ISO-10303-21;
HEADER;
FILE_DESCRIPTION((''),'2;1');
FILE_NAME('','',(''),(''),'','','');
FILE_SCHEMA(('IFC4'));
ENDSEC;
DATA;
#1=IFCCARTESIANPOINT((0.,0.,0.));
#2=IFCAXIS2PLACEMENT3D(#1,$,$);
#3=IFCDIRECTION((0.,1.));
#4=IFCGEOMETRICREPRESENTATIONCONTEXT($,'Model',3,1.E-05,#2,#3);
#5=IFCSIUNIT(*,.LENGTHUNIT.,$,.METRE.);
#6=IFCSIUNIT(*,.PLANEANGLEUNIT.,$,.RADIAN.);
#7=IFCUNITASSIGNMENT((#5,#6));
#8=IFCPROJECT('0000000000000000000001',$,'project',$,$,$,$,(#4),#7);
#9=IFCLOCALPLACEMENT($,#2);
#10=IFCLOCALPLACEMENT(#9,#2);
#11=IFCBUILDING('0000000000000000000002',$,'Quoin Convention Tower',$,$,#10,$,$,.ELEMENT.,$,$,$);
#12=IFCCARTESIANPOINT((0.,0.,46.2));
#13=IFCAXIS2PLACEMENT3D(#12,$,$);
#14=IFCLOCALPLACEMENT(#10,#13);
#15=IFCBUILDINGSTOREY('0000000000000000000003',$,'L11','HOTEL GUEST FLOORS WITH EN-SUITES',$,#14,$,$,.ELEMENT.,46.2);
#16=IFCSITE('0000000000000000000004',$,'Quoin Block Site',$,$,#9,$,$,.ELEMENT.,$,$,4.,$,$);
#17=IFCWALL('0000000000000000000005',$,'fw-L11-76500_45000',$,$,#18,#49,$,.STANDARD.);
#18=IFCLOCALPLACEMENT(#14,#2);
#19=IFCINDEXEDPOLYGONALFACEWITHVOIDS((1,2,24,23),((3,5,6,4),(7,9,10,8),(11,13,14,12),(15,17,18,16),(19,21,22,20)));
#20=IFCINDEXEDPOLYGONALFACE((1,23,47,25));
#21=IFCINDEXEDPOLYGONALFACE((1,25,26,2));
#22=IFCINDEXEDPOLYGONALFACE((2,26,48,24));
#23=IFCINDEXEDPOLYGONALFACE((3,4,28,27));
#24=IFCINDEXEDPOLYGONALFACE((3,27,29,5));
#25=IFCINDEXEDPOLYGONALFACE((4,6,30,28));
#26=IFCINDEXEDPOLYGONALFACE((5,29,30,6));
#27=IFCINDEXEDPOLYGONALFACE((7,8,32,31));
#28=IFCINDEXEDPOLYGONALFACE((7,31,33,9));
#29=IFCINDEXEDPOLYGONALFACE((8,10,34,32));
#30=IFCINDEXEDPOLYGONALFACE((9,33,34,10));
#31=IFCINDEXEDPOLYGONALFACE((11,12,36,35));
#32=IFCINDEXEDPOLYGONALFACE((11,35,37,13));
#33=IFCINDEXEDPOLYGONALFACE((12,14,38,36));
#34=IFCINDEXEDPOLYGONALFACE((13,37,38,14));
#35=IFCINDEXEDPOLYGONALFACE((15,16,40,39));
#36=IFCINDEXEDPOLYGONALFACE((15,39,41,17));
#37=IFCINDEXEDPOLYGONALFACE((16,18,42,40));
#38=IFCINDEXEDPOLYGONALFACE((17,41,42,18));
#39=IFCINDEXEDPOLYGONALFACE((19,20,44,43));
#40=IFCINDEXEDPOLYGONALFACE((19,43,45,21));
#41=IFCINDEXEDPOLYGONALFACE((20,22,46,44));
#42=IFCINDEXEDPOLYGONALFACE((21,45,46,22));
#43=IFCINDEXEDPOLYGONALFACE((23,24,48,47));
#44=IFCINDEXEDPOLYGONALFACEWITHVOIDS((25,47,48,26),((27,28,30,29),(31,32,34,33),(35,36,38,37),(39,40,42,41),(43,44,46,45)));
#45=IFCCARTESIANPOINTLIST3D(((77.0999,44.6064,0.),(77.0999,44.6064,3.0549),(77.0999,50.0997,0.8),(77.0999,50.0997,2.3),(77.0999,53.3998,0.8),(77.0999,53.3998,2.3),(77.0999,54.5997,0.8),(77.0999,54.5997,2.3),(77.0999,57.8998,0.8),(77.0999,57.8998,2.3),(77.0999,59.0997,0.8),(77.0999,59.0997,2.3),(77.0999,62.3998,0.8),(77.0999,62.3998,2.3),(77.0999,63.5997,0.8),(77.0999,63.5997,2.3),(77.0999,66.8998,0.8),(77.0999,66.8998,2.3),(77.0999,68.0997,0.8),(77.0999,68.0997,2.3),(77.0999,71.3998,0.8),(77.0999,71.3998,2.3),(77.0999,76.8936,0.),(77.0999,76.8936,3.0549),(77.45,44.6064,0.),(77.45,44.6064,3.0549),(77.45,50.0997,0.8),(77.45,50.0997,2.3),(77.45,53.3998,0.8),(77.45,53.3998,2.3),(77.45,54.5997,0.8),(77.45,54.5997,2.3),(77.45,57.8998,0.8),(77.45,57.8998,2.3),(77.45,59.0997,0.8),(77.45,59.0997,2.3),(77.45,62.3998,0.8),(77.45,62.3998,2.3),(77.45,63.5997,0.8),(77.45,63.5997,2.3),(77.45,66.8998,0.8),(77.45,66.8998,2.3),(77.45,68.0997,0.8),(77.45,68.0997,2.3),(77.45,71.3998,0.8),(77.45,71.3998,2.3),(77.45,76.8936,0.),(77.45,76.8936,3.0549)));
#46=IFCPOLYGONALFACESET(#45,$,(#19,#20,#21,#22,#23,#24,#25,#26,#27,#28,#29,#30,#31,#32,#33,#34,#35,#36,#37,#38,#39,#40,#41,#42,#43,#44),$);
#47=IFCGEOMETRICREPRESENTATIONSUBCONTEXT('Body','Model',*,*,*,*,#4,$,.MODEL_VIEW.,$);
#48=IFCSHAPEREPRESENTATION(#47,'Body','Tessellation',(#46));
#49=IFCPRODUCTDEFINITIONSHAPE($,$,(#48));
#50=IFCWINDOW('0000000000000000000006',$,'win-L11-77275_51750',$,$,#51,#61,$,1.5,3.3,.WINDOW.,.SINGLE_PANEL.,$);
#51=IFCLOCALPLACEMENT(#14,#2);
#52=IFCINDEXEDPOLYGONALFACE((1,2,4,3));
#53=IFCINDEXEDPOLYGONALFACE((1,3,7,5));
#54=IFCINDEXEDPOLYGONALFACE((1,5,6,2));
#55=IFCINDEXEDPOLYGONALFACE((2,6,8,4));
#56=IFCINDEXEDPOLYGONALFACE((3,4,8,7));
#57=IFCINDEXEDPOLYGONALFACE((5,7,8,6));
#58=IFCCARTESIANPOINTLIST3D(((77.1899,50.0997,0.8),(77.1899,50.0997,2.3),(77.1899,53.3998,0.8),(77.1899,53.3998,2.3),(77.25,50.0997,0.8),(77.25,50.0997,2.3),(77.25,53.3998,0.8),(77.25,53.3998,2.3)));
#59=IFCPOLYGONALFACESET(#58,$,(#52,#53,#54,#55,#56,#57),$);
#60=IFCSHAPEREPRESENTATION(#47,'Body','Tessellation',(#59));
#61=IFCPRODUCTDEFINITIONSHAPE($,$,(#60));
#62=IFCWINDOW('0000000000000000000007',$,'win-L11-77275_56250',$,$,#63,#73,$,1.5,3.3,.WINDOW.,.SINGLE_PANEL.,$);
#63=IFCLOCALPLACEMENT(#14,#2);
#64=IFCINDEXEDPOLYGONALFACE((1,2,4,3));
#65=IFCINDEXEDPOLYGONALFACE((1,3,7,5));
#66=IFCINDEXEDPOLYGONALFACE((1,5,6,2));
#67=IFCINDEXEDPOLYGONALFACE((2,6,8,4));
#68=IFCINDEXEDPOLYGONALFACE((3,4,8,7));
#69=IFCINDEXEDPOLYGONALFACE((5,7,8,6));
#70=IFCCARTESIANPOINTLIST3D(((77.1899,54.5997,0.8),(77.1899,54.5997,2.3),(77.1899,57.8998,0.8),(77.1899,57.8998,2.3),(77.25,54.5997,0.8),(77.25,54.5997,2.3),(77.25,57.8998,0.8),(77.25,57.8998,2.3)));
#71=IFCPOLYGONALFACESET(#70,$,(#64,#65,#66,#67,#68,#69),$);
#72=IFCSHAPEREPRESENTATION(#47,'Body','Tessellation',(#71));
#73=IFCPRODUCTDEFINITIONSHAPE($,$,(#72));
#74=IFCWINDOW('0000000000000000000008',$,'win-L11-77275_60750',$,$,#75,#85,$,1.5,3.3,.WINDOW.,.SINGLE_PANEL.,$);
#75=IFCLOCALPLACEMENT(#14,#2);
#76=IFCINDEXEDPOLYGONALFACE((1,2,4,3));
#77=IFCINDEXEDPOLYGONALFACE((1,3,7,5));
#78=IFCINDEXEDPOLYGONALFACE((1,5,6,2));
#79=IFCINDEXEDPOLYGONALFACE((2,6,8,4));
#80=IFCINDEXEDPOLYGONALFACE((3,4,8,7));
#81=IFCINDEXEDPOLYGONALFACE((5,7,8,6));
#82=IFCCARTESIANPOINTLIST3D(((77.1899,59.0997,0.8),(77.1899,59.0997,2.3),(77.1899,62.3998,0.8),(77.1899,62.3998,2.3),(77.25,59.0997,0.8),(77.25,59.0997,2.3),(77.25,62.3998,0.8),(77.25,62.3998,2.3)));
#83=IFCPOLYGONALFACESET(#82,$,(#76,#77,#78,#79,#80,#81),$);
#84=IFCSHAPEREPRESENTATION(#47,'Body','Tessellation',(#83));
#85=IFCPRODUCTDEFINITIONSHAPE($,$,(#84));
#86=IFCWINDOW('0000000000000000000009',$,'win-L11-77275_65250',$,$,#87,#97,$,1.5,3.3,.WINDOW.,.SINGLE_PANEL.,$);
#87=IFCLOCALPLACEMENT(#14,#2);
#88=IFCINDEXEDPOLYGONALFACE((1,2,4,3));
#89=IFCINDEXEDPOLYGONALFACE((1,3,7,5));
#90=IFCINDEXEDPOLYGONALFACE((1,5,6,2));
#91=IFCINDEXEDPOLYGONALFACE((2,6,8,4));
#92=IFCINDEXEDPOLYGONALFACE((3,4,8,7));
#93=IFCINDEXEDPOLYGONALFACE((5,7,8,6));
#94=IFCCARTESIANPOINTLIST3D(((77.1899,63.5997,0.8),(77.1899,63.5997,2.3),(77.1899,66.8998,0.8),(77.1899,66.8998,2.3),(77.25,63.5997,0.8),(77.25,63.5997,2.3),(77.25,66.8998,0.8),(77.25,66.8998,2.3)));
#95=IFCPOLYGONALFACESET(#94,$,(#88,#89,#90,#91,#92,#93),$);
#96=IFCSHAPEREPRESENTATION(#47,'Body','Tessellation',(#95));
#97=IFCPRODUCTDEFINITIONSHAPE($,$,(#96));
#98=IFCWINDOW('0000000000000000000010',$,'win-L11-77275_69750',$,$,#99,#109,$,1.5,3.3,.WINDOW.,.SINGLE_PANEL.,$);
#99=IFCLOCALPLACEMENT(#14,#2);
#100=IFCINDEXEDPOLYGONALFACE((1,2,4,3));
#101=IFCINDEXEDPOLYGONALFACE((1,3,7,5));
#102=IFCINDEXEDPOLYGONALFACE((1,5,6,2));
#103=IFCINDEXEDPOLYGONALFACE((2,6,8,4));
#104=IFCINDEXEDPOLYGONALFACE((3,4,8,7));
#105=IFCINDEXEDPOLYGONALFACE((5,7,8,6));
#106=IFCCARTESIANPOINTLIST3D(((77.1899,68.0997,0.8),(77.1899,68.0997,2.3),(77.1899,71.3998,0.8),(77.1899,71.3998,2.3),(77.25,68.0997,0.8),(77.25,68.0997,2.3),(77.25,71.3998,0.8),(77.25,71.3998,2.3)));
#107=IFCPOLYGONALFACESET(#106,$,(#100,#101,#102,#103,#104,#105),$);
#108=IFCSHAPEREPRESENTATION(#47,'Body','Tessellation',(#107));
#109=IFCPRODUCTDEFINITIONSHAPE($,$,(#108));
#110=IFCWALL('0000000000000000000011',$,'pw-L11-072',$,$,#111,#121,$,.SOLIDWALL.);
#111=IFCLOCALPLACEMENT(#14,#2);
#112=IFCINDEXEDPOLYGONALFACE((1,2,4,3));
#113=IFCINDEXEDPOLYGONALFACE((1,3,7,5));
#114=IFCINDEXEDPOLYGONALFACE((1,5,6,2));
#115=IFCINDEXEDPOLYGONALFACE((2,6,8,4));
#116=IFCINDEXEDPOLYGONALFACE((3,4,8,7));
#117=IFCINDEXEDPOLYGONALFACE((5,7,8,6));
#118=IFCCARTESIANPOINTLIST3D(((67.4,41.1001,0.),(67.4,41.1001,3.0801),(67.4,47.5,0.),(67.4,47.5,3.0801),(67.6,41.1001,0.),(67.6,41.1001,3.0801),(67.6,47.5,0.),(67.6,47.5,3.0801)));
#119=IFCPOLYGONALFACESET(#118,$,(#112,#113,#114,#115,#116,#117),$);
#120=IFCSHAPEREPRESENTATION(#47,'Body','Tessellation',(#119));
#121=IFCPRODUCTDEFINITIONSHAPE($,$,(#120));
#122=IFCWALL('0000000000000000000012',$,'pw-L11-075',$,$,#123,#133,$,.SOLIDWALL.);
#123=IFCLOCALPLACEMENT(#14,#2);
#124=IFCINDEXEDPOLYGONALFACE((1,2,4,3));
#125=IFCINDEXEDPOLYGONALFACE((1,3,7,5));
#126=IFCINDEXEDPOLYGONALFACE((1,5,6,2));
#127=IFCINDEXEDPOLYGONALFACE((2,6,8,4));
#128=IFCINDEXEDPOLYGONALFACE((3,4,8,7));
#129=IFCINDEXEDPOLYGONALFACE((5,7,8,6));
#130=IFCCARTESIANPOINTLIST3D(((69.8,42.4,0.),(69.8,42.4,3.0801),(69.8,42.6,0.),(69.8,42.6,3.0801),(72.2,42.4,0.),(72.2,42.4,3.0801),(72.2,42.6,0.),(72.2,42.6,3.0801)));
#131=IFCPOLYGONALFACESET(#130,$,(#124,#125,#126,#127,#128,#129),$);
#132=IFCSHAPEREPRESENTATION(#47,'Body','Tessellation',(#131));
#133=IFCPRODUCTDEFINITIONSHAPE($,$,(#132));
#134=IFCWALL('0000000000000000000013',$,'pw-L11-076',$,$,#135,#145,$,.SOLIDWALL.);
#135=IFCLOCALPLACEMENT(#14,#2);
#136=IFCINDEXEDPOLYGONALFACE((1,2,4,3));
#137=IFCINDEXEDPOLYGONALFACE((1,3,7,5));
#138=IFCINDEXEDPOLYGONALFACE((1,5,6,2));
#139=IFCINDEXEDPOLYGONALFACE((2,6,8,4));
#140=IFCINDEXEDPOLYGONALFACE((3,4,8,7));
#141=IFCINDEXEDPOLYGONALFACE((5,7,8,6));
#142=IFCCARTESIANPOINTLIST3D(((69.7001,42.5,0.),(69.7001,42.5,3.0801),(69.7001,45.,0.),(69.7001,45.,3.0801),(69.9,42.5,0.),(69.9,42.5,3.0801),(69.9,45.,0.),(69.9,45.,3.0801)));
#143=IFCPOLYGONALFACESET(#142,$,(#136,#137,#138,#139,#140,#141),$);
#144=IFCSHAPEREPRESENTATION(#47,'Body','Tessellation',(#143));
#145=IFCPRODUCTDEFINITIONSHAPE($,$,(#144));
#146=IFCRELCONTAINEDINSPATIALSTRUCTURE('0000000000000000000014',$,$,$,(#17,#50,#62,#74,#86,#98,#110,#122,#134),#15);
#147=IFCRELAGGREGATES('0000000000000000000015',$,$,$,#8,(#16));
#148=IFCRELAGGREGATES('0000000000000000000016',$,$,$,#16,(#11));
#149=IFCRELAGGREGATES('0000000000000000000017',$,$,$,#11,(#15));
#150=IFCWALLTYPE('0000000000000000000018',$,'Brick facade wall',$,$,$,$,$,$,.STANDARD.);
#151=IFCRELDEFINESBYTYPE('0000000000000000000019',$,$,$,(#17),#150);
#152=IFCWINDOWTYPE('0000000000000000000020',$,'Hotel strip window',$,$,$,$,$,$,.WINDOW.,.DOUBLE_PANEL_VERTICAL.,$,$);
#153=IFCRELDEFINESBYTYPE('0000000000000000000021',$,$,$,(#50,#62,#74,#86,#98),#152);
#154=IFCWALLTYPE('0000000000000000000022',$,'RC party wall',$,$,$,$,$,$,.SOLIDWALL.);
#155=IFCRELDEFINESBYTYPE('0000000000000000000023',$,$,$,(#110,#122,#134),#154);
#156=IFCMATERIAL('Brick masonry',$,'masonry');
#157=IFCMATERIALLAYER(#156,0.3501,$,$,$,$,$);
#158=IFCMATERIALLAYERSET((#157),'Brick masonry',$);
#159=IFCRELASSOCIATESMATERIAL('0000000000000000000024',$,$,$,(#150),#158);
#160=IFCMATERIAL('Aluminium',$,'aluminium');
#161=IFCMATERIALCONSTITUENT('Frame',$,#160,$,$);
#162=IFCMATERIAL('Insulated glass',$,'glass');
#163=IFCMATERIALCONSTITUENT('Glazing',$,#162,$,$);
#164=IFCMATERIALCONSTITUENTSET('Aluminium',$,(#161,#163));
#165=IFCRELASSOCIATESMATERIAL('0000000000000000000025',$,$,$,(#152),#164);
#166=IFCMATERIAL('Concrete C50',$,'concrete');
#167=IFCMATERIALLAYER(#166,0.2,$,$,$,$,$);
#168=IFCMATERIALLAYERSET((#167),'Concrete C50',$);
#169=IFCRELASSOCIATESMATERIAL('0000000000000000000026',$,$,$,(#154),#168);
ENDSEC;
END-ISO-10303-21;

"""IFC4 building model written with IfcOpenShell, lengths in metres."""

from ifc_helpers import new_model, si_unit, direction, frame, frame_2d, origin, place, context, subcontext, project, spatial, rectangle, extrude, material, layer, layer_set, constituent, constituent_set, type_object, element, fill, save


model = new_model("IFC4")

# Units and contexts
model_context = context("Model", 3, precision=1e-05, world=origin(), true_north=direction((0.0, 1.0)))
body_context = subcontext(model_context, "Body", "Model", "MODEL_VIEW")
ifc_project = project(units=[si_unit("LENGTHUNIT", "METRE"), si_unit("PLANEANGLEUNIT", "RADIAN")], contexts=[model_context])

# Site, building, storey
site_placement = place(None, origin())
site = spatial("IfcSite", under=ifc_project, at=site_placement, Name="Quoin Block Site", CompositionType="ELEMENT", RefElevation=4.0)
building_placement = place(site_placement, origin())
building = spatial("IfcBuilding", under=site, at=building_placement, Name="Quoin Convention Tower", CompositionType="ELEMENT")
storey_placement = place(building_placement, frame((0.0, 0.0, 46.2)))
storey = spatial("IfcBuildingStorey", under=building, at=storey_placement, Name="L11", Description="HOTEL GUEST FLOORS WITH EN-SUITES", CompositionType="ELEMENT", Elevation=46.2)

# Shared definitions
ifc_material_1 = material(Name="Brick masonry", Category="masonry")
ifc_layer_1 = layer(ifc_material_1, 0.3501)
ifc_layer_set_1 = layer_set([ifc_layer_1], Name="Brick masonry")
wall_type_1 = type_object("IfcWallType", Name="Brick facade wall", PredefinedType="STANDARD", material=ifc_layer_set_1)
ifc_material_2 = material(Name="Aluminium", Category="aluminium")
ifc_constituent_1 = constituent(ifc_material_2, Name="Frame")
ifc_material_3 = material(Name="Insulated glass", Category="glass")
ifc_constituent_2 = constituent(ifc_material_3, Name="Glazing")
ifc_constituent_set = constituent_set(constituents=[ifc_constituent_1, ifc_constituent_2], Name="Aluminium")
window_type = type_object("IfcWindowType", Name="Hotel strip window", PartitioningType="DOUBLE_PANEL_VERTICAL", PredefinedType="WINDOW", material=ifc_constituent_set)

# Wall, openings, windows
wall_1_placement = place(storey_placement, frame((77.2749, 44.6064, 0.0), z_axis=(0.0, 0.0, 1.0), x_axis=(0.0, 1.0, 0.0)))
wall_1 = element("IfcWall", 1, at=wall_1_placement, inside=storey, type_object=wall_type_1, Name="fw-L11-76500_45000", PredefinedType="STANDARD", context=body_context, shape_type="SweptSolid", body=[
    extrude(rectangle(XDim=32.2871, YDim=0.3501, at=frame_2d((16.1436, 0.0))), origin(), (0.0, 0.0, 1.0), 3.0549),
])
opening_1_placement = place(wall_1_placement, frame((5.4934, 0.0, 0.8)))
opening_1 = element("IfcOpeningElement", 2, at=opening_1_placement, cuts=wall_1, PredefinedType="OPENING", context=body_context, shape_type="SweptSolid", body=[
    extrude(rectangle(XDim=3.3, YDim=1.5, at=frame_2d((1.6499, 0.75))), frame((0.0, 0.1851, 0.0), z_axis=(0.0, -1.0, 0.0), x_axis=(1.0, 0.0, 0.0)), (0.0, 0.0, 1.0), 0.3701),
])
opening_2_placement = place(wall_1_placement, frame((9.9934, 0.0, 0.8)))
opening_2 = element("IfcOpeningElement", 3, at=opening_2_placement, cuts=wall_1, PredefinedType="OPENING", context=body_context, shape_type="SweptSolid", body=[
    extrude(rectangle(XDim=3.3, YDim=1.5, at=frame_2d((1.6499, 0.75))), frame((0.0, 0.1851, 0.0), z_axis=(0.0, -1.0, 0.0), x_axis=(1.0, 0.0, 0.0)), (0.0, 0.0, 1.0), 0.3701),
])
opening_3_placement = place(wall_1_placement, frame((14.4934, 0.0, 0.8)))
opening_3 = element("IfcOpeningElement", 4, at=opening_3_placement, cuts=wall_1, PredefinedType="OPENING", context=body_context, shape_type="SweptSolid", body=[
    extrude(rectangle(XDim=3.3, YDim=1.5, at=frame_2d((1.6499, 0.75))), frame((0.0, 0.1851, 0.0), z_axis=(0.0, -1.0, 0.0), x_axis=(1.0, 0.0, 0.0)), (0.0, 0.0, 1.0), 0.3701),
])
opening_4_placement = place(wall_1_placement, frame((18.9934, 0.0, 0.8)))
opening_4 = element("IfcOpeningElement", 5, at=opening_4_placement, cuts=wall_1, PredefinedType="OPENING", context=body_context, shape_type="SweptSolid", body=[
    extrude(rectangle(XDim=3.3, YDim=1.5, at=frame_2d((1.6499, 0.75))), frame((0.0, 0.1851, 0.0), z_axis=(0.0, -1.0, 0.0), x_axis=(1.0, 0.0, 0.0)), (0.0, 0.0, 1.0), 0.3701),
])
opening_5_placement = place(wall_1_placement, frame((23.4934, 0.0, 0.8)))
opening_5 = element("IfcOpeningElement", 6, at=opening_5_placement, cuts=wall_1, PredefinedType="OPENING", context=body_context, shape_type="SweptSolid", body=[
    extrude(rectangle(XDim=3.3, YDim=1.5, at=frame_2d((1.6499, 0.75))), frame((0.0, 0.1851, 0.0), z_axis=(0.0, -1.0, 0.0), x_axis=(1.0, 0.0, 0.0)), (0.0, 0.0, 1.0), 0.3701),
])
window_1_placement = place(opening_1_placement, origin())
window_1 = element("IfcWindow", 7, at=window_1_placement, inside=storey, type_object=window_type, Name="win-L11-77275_51750", OverallHeight=1.5, OverallWidth=3.3, PartitioningType="SINGLE_PANEL", PredefinedType="WINDOW", context=body_context, shape_type="SweptSolid", body=[
    extrude(rectangle(XDim=3.3, YDim=1.5, at=frame_2d((1.6499, 0.75))), frame((0.0, 0.085, 0.0), z_axis=(0.0, -1.0, 0.0), x_axis=(1.0, 0.0, 0.0)), (0.0, 0.0, 1.0), 0.0601),
])
fill(opening_1, window_1)
window_2_placement = place(opening_2_placement, origin())
window_2 = element("IfcWindow", 8, at=window_2_placement, inside=storey, type_object=window_type, Name="win-L11-77275_56250", OverallHeight=1.5, OverallWidth=3.3, PartitioningType="SINGLE_PANEL", PredefinedType="WINDOW", context=body_context, shape_type="SweptSolid", body=[
    extrude(rectangle(XDim=3.3, YDim=1.5, at=frame_2d((1.6499, 0.75))), frame((0.0, 0.085, 0.0), z_axis=(0.0, -1.0, 0.0), x_axis=(1.0, 0.0, 0.0)), (0.0, 0.0, 1.0), 0.0601),
])
fill(opening_2, window_2)
window_3_placement = place(opening_3_placement, origin())
window_3 = element("IfcWindow", 9, at=window_3_placement, inside=storey, type_object=window_type, Name="win-L11-77275_60750", OverallHeight=1.5, OverallWidth=3.3, PartitioningType="SINGLE_PANEL", PredefinedType="WINDOW", context=body_context, shape_type="SweptSolid", body=[
    extrude(rectangle(XDim=3.3, YDim=1.5, at=frame_2d((1.6499, 0.75))), frame((0.0, 0.085, 0.0), z_axis=(0.0, -1.0, 0.0), x_axis=(1.0, 0.0, 0.0)), (0.0, 0.0, 1.0), 0.0601),
])
fill(opening_3, window_3)
window_4_placement = place(opening_4_placement, origin())
window_4 = element("IfcWindow", 10, at=window_4_placement, inside=storey, type_object=window_type, Name="win-L11-77275_65250", OverallHeight=1.5, OverallWidth=3.3, PartitioningType="SINGLE_PANEL", PredefinedType="WINDOW", context=body_context, shape_type="SweptSolid", body=[
    extrude(rectangle(XDim=3.3, YDim=1.5, at=frame_2d((1.6499, 0.75))), frame((0.0, 0.085, 0.0), z_axis=(0.0, -1.0, 0.0), x_axis=(1.0, 0.0, 0.0)), (0.0, 0.0, 1.0), 0.0601),
])
fill(opening_4, window_4)
window_5_placement = place(opening_5_placement, origin())
window_5 = element("IfcWindow", 11, at=window_5_placement, inside=storey, type_object=window_type, Name="win-L11-77275_69750", OverallHeight=1.5, OverallWidth=3.3, PartitioningType="SINGLE_PANEL", PredefinedType="WINDOW", context=body_context, shape_type="SweptSolid", body=[
    extrude(rectangle(XDim=3.3, YDim=1.5, at=frame_2d((1.6499, 0.75))), frame((0.0, 0.085, 0.0), z_axis=(0.0, -1.0, 0.0), x_axis=(1.0, 0.0, 0.0)), (0.0, 0.0, 1.0), 0.0601),
])
fill(opening_5, window_5)

# Walls
ifc_material_4 = material(Name="Concrete C50", Category="concrete")
ifc_layer_2 = layer(ifc_material_4, 0.2)
ifc_layer_set_2 = layer_set([ifc_layer_2], Name="Concrete C50")
wall_type_2 = type_object("IfcWallType", Name="RC party wall", PredefinedType="SOLIDWALL", material=ifc_layer_set_2)
wall_2_placement = place(storey_placement, frame((67.5, 41.1001, 0.0), z_axis=(0.0, 0.0, 1.0), x_axis=(0.0, 1.0, 0.0)))
element("IfcWall", 12, at=wall_2_placement, inside=storey, type_object=wall_type_2, Name="pw-L11-072", PredefinedType="SOLIDWALL", context=body_context, shape_type="SweptSolid", body=[
    extrude(rectangle(XDim=6.3999, YDim=0.2, at=frame_2d((3.2, 0.0))), origin(), (0.0, 0.0, 1.0), 3.0801),
])
wall_3_placement = place(storey_placement, frame((69.8, 42.5, 0.0), z_axis=(0.0, 0.0, 1.0), x_axis=(1.0, 0.0, 0.0)))
element("IfcWall", 13, at=wall_3_placement, inside=storey, type_object=wall_type_2, Name="pw-L11-075", PredefinedType="SOLIDWALL", context=body_context, shape_type="SweptSolid", body=[
    extrude(rectangle(XDim=2.3999, YDim=0.2, at=frame_2d((1.2, 0.0))), origin(), (0.0, 0.0, 1.0), 3.0801),
])
wall_4_placement = place(storey_placement, frame((69.8, 42.5, 0.0), z_axis=(0.0, 0.0, 1.0), x_axis=(0.0, 1.0, 0.0)))
element("IfcWall", 14, at=wall_4_placement, inside=storey, type_object=wall_type_2, Name="pw-L11-076", PredefinedType="SOLIDWALL", context=body_context, shape_type="SweptSolid", body=[
    extrude(rectangle(XDim=2.5, YDim=0.2, at=frame_2d((1.25, 0.0))), origin(), (0.0, 0.0, 1.0), 3.0801),
])

save(model, "model.ifc")
